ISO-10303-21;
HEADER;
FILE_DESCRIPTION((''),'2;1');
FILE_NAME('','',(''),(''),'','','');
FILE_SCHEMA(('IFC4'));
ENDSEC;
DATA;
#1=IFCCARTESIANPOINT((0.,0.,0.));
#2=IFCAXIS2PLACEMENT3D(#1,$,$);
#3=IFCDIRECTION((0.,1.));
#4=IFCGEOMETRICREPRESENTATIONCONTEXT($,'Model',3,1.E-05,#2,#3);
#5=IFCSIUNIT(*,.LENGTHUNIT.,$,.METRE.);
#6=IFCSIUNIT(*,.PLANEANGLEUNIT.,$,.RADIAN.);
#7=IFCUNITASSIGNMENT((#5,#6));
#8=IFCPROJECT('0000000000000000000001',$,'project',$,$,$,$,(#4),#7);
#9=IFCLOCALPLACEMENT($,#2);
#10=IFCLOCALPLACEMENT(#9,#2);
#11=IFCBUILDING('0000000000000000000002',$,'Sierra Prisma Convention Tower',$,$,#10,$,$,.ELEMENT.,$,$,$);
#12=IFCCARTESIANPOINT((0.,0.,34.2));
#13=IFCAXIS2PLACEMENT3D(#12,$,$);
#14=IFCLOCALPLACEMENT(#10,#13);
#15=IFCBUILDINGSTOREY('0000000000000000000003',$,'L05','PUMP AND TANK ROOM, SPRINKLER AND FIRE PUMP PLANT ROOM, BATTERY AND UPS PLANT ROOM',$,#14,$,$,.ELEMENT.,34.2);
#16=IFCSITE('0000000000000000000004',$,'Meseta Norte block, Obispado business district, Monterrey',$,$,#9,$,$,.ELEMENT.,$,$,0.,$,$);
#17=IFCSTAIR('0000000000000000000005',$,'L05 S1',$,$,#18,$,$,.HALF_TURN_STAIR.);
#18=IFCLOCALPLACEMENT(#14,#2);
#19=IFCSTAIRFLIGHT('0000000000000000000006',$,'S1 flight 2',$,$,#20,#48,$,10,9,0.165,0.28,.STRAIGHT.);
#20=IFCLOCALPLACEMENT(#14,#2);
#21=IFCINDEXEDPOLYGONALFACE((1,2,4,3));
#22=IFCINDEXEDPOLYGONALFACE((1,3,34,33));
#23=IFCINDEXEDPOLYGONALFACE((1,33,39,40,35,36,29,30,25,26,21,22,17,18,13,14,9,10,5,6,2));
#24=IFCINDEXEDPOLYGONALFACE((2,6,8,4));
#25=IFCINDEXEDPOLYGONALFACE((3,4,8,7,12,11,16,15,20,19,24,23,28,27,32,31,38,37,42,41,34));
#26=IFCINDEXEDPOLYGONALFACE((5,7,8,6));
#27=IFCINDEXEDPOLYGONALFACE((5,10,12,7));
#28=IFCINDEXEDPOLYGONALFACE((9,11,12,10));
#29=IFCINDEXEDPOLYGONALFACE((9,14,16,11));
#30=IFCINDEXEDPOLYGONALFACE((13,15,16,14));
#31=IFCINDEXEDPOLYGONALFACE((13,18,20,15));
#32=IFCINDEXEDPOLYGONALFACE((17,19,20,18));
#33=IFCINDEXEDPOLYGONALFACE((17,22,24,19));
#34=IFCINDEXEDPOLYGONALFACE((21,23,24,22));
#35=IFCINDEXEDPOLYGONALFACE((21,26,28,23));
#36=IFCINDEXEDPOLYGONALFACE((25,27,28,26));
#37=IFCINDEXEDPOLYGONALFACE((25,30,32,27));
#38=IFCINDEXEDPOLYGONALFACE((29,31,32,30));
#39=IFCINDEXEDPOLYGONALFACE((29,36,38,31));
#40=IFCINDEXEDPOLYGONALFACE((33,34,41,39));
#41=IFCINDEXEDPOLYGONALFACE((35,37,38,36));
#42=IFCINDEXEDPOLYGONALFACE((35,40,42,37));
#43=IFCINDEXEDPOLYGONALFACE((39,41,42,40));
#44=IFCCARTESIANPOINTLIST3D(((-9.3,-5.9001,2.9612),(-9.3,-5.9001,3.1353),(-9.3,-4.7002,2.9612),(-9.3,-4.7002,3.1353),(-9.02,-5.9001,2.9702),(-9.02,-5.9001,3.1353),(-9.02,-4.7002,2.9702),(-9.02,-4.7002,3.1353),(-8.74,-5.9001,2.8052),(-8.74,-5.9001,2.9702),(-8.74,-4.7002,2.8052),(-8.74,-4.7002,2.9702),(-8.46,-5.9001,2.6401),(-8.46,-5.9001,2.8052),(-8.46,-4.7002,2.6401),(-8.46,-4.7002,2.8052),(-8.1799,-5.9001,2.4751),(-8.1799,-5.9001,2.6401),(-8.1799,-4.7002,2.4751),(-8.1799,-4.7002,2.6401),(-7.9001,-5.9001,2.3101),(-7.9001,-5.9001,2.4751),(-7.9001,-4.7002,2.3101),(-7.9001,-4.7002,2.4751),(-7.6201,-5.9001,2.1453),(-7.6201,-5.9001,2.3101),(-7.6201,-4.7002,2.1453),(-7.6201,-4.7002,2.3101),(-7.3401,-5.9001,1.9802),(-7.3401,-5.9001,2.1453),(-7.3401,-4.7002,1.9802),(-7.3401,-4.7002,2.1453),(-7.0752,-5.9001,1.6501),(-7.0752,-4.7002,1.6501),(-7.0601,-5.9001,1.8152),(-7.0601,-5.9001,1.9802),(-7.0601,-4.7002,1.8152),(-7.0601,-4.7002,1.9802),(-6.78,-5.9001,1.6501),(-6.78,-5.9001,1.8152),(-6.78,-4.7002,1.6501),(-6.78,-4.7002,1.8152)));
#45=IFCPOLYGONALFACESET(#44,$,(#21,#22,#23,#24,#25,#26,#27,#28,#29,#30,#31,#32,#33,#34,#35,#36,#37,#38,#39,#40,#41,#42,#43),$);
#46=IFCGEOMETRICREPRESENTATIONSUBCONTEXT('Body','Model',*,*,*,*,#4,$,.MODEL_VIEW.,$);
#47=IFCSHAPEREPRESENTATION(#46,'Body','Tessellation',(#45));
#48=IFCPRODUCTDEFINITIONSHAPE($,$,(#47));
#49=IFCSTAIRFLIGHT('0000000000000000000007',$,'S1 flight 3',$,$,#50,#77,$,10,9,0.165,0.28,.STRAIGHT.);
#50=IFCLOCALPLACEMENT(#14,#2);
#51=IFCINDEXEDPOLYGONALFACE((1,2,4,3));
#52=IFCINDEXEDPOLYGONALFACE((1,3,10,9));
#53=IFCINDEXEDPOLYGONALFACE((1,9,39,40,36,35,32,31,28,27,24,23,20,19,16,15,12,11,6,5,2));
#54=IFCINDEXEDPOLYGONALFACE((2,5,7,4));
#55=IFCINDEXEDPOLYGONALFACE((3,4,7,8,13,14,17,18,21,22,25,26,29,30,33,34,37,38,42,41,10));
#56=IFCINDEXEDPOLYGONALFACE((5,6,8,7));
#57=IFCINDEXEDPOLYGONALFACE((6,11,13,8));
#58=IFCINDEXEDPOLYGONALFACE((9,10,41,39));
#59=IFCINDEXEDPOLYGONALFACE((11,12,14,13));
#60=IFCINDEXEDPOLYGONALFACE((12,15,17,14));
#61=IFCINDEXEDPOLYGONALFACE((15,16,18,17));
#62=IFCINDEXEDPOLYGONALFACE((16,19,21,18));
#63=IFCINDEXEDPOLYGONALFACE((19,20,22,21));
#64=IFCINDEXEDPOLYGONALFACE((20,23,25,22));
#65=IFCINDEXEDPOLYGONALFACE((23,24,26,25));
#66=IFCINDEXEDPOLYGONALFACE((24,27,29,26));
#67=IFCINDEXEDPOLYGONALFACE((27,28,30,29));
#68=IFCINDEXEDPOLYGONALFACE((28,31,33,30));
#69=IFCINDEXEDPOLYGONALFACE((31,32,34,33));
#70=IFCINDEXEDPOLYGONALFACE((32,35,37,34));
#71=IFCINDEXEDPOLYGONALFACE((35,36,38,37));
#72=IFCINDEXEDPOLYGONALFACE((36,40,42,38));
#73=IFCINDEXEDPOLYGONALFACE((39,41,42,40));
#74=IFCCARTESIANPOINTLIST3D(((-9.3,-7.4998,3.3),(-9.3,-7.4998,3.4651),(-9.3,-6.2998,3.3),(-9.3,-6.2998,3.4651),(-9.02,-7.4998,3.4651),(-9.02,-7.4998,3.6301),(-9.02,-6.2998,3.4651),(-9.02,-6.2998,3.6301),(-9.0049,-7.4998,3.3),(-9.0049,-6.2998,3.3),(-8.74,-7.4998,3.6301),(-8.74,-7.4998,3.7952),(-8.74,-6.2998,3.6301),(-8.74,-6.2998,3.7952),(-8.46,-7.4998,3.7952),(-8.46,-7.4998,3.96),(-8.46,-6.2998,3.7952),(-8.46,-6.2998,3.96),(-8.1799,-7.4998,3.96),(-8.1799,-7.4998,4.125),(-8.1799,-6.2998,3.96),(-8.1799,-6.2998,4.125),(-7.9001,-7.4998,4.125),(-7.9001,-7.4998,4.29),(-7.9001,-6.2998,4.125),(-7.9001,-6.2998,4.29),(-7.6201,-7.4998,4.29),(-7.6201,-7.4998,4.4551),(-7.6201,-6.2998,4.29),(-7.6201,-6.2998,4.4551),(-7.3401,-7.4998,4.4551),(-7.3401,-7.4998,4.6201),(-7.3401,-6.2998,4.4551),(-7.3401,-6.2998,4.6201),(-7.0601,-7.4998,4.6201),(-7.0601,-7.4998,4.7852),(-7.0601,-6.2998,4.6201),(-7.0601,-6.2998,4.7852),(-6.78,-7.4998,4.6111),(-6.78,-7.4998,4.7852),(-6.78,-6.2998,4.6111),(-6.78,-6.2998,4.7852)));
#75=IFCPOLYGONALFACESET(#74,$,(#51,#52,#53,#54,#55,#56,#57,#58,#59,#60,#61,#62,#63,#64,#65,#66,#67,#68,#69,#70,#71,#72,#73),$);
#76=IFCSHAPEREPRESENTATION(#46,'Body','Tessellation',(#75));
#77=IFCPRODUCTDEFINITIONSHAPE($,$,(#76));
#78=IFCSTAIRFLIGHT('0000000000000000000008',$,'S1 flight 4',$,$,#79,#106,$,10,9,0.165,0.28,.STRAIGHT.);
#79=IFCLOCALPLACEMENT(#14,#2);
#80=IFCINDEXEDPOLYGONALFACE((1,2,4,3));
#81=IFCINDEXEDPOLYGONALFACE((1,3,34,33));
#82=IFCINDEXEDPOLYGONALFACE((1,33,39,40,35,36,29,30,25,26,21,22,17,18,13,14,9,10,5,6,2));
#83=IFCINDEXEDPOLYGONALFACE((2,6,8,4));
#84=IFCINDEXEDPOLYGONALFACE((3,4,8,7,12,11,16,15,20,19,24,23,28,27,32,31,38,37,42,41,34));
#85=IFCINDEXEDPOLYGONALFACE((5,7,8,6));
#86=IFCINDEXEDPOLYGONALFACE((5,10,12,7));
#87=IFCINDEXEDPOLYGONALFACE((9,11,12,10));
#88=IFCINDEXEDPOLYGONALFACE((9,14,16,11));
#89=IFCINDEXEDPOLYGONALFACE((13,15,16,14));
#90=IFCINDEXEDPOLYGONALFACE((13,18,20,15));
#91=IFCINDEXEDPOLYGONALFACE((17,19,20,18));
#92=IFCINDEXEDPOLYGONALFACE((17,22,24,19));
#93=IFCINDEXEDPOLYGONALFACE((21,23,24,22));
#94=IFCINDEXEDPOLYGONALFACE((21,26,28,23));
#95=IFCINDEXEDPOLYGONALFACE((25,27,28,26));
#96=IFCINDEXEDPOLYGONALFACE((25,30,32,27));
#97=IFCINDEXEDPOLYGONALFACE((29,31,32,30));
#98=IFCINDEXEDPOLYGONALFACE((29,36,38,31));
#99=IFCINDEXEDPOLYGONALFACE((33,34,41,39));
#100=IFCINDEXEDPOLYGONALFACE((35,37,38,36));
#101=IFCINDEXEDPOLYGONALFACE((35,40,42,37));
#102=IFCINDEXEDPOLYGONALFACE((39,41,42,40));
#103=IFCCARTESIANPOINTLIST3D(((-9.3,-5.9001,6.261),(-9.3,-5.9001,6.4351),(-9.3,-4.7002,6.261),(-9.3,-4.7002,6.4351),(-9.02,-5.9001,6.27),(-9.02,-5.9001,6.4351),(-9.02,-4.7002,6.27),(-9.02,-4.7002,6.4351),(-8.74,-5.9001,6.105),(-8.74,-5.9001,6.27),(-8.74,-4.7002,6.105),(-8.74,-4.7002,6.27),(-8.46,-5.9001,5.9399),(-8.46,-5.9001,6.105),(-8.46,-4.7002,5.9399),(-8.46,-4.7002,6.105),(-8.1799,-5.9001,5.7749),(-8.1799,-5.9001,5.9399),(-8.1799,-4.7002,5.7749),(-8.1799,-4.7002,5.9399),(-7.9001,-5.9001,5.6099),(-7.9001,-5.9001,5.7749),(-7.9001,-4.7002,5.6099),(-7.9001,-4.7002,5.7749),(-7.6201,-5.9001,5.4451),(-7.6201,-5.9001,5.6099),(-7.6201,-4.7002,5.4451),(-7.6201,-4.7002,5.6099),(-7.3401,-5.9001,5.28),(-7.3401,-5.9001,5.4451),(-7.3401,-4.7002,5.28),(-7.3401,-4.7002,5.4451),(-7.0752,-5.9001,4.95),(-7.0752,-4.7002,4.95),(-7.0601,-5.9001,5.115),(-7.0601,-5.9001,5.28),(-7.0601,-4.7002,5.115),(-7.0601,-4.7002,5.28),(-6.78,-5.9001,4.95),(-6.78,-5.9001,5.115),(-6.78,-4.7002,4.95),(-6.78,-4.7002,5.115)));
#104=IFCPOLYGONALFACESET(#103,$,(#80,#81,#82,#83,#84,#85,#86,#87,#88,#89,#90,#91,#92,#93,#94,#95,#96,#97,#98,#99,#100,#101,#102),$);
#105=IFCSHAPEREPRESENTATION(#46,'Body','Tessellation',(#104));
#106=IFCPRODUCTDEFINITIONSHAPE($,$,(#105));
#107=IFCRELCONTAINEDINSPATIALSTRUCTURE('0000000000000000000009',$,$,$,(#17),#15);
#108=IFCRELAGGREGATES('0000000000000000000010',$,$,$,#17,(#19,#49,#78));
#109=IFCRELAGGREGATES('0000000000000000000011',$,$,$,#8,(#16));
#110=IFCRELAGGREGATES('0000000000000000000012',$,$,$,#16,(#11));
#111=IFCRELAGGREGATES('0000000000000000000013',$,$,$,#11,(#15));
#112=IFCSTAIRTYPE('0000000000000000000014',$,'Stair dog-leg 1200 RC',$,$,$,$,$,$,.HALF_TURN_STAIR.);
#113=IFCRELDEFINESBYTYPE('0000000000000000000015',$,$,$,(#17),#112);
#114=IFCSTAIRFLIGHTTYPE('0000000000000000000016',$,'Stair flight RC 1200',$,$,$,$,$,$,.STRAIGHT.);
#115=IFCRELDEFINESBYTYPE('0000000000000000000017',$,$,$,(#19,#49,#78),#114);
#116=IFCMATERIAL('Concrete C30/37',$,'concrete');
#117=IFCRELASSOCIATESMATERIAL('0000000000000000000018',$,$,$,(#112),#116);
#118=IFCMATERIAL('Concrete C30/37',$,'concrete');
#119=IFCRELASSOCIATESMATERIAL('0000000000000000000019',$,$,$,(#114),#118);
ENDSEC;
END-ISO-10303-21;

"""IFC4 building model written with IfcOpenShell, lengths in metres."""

from ifc_helpers import new_model, si_unit, direction, frame, origin, place, context, subcontext, project, spatial, polyline, outline, extrude, material, type_object, element, aggregate, save


model = new_model("IFC4")

# Units and contexts
model_context = context("Model", 3, precision=1e-05, world=origin(), true_north=direction((0.0, 1.0)))
body_context = subcontext(model_context, "Body", "Model", "MODEL_VIEW")
ifc_project = project(units=[si_unit("LENGTHUNIT", "METRE"), si_unit("PLANEANGLEUNIT", "RADIAN")], contexts=[model_context])

# Site, building, storey
site_placement = place(None, origin())
site = spatial("IfcSite", under=ifc_project, at=site_placement, Name="Meseta Norte block, Obispado business district, Monterrey", CompositionType="ELEMENT", RefElevation=0.0)
building_placement = place(site_placement, origin())
building = spatial("IfcBuilding", under=site, at=building_placement, Name="Sierra Prisma Convention Tower", CompositionType="ELEMENT")
storey_placement = place(building_placement, frame((0.0, 0.0, 34.2)))
storey = spatial("IfcBuildingStorey", under=building, at=storey_placement, Name="L05", Description="PUMP AND TANK ROOM, SPRINKLER AND FIRE PUMP PLANT ROOM, BATTERY AND UPS PLANT ROOM", CompositionType="ELEMENT", Elevation=34.2)

# Stair, stair flights
ifc_material_1 = material(Name="Concrete C30/37", Category="concrete")
stair_type = type_object("IfcStairType", Name="Stair dog-leg 1200 RC", PredefinedType="HALF_TURN_STAIR", material=ifc_material_1)
stair_placement = place(storey_placement, origin())
stair = element("IfcStair", 1, at=stair_placement, inside=storey, type_object=stair_type, Name="L05 S1", PredefinedType="HALF_TURN_STAIR")
ifc_material_2 = material(Name="Concrete C30/37", Category="concrete")
stair_flight_type = type_object("IfcStairFlightType", Name="Stair flight RC 1200", PredefinedType="STRAIGHT", material=ifc_material_2)
stair_flight_1_placement = place(storey_placement, frame((-6.78, -5.3, 1.6501), z_axis=(0.0, 0.0, 1.0), x_axis=(-1.0, 0.0, 0.0)))
stair_flight_1 = element("IfcStairFlight", 2, at=stair_flight_1_placement, type_object=stair_flight_type, Name="S1 flight 2", NumberOfRisers=10, NumberOfTreads=9, PredefinedType="STRAIGHT", RiserHeight=0.165, TreadLength=0.28, context=body_context, shape_type="SweptSolid", body=[
    extrude(outline(polyline([(0.0, 0.0), (0.0, 0.165), (0.28, 0.165), (0.28, 0.3301), (0.5601, 0.3301), (0.5601, 0.4951), (0.8401, 0.4951), (0.8401, 0.6599), (1.1201, 0.6599), (1.1201, 0.825), (1.3999, 0.825), (1.3999, 0.99), (1.6799, 0.99), (1.6799, 1.155), (1.96, 1.155), (1.96, 1.3201), (2.24, 1.3201), (2.24, 1.4851), (2.52, 1.4851), (2.52, 1.6499), (2.52, 1.311), (0.2952, 0.0), (0.0, 0.0)])), frame((0.0, 0.6001, 0.0), z_axis=(0.0, -1.0, 0.0), x_axis=(1.0, 0.0, 0.0)), (0.0, 0.0, 1.0), 1.2),
])
stair_flight_2_placement = place(storey_placement, frame((-9.3, -6.8999, 3.3), z_axis=(0.0, 0.0, 1.0), x_axis=(1.0, 0.0, 0.0)))
stair_flight_2 = element("IfcStairFlight", 3, at=stair_flight_2_placement, type_object=stair_flight_type, Name="S1 flight 3", NumberOfRisers=10, NumberOfTreads=9, PredefinedType="STRAIGHT", RiserHeight=0.165, TreadLength=0.28, context=body_context, shape_type="SweptSolid", body=[
    extrude(outline(polyline([(0.0, 0.0), (0.0, 0.165), (0.28, 0.165), (0.28, 0.3301), (0.5601, 0.3301), (0.5601, 0.4951), (0.8401, 0.4951), (0.8401, 0.6599), (1.1201, 0.6599), (1.1201, 0.825), (1.3999, 0.825), (1.3999, 0.99), (1.6799, 0.99), (1.6799, 1.155), (1.96, 1.155), (1.96, 1.3201), (2.24, 1.3201), (2.24, 1.4851), (2.52, 1.4851), (2.52, 1.6499), (2.52, 1.311), (0.2952, 0.0), (0.0, 0.0)])), frame((0.0, 0.6001, 0.0), z_axis=(0.0, -1.0, 0.0), x_axis=(1.0, 0.0, 0.0)), (0.0, 0.0, 1.0), 1.2),
])
stair_flight_3_placement = place(storey_placement, frame((-6.78, -5.3, 4.95), z_axis=(0.0, 0.0, 1.0), x_axis=(-1.0, 0.0, 0.0)))
stair_flight_3 = element("IfcStairFlight", 4, at=stair_flight_3_placement, type_object=stair_flight_type, Name="S1 flight 4", NumberOfRisers=10, NumberOfTreads=9, PredefinedType="STRAIGHT", RiserHeight=0.165, TreadLength=0.28, context=body_context, shape_type="SweptSolid", body=[
    extrude(outline(polyline([(0.0, 0.0), (0.0, 0.165), (0.28, 0.165), (0.28, 0.3301), (0.5601, 0.3301), (0.5601, 0.4951), (0.8401, 0.4951), (0.8401, 0.6599), (1.1201, 0.6599), (1.1201, 0.825), (1.3999, 0.825), (1.3999, 0.99), (1.6799, 0.99), (1.6799, 1.155), (1.96, 1.155), (1.96, 1.3201), (2.24, 1.3201), (2.24, 1.4851), (2.52, 1.4851), (2.52, 1.6499), (2.52, 1.311), (0.2952, 0.0), (0.0, 0.0)])), frame((0.0, 0.6001, 0.0), z_axis=(0.0, -1.0, 0.0), x_axis=(1.0, 0.0, 0.0)), (0.0, 0.0, 1.0), 1.2),
])
aggregate(stair, [stair_flight_1, stair_flight_2, stair_flight_3])

save(model, "model.ifc")
